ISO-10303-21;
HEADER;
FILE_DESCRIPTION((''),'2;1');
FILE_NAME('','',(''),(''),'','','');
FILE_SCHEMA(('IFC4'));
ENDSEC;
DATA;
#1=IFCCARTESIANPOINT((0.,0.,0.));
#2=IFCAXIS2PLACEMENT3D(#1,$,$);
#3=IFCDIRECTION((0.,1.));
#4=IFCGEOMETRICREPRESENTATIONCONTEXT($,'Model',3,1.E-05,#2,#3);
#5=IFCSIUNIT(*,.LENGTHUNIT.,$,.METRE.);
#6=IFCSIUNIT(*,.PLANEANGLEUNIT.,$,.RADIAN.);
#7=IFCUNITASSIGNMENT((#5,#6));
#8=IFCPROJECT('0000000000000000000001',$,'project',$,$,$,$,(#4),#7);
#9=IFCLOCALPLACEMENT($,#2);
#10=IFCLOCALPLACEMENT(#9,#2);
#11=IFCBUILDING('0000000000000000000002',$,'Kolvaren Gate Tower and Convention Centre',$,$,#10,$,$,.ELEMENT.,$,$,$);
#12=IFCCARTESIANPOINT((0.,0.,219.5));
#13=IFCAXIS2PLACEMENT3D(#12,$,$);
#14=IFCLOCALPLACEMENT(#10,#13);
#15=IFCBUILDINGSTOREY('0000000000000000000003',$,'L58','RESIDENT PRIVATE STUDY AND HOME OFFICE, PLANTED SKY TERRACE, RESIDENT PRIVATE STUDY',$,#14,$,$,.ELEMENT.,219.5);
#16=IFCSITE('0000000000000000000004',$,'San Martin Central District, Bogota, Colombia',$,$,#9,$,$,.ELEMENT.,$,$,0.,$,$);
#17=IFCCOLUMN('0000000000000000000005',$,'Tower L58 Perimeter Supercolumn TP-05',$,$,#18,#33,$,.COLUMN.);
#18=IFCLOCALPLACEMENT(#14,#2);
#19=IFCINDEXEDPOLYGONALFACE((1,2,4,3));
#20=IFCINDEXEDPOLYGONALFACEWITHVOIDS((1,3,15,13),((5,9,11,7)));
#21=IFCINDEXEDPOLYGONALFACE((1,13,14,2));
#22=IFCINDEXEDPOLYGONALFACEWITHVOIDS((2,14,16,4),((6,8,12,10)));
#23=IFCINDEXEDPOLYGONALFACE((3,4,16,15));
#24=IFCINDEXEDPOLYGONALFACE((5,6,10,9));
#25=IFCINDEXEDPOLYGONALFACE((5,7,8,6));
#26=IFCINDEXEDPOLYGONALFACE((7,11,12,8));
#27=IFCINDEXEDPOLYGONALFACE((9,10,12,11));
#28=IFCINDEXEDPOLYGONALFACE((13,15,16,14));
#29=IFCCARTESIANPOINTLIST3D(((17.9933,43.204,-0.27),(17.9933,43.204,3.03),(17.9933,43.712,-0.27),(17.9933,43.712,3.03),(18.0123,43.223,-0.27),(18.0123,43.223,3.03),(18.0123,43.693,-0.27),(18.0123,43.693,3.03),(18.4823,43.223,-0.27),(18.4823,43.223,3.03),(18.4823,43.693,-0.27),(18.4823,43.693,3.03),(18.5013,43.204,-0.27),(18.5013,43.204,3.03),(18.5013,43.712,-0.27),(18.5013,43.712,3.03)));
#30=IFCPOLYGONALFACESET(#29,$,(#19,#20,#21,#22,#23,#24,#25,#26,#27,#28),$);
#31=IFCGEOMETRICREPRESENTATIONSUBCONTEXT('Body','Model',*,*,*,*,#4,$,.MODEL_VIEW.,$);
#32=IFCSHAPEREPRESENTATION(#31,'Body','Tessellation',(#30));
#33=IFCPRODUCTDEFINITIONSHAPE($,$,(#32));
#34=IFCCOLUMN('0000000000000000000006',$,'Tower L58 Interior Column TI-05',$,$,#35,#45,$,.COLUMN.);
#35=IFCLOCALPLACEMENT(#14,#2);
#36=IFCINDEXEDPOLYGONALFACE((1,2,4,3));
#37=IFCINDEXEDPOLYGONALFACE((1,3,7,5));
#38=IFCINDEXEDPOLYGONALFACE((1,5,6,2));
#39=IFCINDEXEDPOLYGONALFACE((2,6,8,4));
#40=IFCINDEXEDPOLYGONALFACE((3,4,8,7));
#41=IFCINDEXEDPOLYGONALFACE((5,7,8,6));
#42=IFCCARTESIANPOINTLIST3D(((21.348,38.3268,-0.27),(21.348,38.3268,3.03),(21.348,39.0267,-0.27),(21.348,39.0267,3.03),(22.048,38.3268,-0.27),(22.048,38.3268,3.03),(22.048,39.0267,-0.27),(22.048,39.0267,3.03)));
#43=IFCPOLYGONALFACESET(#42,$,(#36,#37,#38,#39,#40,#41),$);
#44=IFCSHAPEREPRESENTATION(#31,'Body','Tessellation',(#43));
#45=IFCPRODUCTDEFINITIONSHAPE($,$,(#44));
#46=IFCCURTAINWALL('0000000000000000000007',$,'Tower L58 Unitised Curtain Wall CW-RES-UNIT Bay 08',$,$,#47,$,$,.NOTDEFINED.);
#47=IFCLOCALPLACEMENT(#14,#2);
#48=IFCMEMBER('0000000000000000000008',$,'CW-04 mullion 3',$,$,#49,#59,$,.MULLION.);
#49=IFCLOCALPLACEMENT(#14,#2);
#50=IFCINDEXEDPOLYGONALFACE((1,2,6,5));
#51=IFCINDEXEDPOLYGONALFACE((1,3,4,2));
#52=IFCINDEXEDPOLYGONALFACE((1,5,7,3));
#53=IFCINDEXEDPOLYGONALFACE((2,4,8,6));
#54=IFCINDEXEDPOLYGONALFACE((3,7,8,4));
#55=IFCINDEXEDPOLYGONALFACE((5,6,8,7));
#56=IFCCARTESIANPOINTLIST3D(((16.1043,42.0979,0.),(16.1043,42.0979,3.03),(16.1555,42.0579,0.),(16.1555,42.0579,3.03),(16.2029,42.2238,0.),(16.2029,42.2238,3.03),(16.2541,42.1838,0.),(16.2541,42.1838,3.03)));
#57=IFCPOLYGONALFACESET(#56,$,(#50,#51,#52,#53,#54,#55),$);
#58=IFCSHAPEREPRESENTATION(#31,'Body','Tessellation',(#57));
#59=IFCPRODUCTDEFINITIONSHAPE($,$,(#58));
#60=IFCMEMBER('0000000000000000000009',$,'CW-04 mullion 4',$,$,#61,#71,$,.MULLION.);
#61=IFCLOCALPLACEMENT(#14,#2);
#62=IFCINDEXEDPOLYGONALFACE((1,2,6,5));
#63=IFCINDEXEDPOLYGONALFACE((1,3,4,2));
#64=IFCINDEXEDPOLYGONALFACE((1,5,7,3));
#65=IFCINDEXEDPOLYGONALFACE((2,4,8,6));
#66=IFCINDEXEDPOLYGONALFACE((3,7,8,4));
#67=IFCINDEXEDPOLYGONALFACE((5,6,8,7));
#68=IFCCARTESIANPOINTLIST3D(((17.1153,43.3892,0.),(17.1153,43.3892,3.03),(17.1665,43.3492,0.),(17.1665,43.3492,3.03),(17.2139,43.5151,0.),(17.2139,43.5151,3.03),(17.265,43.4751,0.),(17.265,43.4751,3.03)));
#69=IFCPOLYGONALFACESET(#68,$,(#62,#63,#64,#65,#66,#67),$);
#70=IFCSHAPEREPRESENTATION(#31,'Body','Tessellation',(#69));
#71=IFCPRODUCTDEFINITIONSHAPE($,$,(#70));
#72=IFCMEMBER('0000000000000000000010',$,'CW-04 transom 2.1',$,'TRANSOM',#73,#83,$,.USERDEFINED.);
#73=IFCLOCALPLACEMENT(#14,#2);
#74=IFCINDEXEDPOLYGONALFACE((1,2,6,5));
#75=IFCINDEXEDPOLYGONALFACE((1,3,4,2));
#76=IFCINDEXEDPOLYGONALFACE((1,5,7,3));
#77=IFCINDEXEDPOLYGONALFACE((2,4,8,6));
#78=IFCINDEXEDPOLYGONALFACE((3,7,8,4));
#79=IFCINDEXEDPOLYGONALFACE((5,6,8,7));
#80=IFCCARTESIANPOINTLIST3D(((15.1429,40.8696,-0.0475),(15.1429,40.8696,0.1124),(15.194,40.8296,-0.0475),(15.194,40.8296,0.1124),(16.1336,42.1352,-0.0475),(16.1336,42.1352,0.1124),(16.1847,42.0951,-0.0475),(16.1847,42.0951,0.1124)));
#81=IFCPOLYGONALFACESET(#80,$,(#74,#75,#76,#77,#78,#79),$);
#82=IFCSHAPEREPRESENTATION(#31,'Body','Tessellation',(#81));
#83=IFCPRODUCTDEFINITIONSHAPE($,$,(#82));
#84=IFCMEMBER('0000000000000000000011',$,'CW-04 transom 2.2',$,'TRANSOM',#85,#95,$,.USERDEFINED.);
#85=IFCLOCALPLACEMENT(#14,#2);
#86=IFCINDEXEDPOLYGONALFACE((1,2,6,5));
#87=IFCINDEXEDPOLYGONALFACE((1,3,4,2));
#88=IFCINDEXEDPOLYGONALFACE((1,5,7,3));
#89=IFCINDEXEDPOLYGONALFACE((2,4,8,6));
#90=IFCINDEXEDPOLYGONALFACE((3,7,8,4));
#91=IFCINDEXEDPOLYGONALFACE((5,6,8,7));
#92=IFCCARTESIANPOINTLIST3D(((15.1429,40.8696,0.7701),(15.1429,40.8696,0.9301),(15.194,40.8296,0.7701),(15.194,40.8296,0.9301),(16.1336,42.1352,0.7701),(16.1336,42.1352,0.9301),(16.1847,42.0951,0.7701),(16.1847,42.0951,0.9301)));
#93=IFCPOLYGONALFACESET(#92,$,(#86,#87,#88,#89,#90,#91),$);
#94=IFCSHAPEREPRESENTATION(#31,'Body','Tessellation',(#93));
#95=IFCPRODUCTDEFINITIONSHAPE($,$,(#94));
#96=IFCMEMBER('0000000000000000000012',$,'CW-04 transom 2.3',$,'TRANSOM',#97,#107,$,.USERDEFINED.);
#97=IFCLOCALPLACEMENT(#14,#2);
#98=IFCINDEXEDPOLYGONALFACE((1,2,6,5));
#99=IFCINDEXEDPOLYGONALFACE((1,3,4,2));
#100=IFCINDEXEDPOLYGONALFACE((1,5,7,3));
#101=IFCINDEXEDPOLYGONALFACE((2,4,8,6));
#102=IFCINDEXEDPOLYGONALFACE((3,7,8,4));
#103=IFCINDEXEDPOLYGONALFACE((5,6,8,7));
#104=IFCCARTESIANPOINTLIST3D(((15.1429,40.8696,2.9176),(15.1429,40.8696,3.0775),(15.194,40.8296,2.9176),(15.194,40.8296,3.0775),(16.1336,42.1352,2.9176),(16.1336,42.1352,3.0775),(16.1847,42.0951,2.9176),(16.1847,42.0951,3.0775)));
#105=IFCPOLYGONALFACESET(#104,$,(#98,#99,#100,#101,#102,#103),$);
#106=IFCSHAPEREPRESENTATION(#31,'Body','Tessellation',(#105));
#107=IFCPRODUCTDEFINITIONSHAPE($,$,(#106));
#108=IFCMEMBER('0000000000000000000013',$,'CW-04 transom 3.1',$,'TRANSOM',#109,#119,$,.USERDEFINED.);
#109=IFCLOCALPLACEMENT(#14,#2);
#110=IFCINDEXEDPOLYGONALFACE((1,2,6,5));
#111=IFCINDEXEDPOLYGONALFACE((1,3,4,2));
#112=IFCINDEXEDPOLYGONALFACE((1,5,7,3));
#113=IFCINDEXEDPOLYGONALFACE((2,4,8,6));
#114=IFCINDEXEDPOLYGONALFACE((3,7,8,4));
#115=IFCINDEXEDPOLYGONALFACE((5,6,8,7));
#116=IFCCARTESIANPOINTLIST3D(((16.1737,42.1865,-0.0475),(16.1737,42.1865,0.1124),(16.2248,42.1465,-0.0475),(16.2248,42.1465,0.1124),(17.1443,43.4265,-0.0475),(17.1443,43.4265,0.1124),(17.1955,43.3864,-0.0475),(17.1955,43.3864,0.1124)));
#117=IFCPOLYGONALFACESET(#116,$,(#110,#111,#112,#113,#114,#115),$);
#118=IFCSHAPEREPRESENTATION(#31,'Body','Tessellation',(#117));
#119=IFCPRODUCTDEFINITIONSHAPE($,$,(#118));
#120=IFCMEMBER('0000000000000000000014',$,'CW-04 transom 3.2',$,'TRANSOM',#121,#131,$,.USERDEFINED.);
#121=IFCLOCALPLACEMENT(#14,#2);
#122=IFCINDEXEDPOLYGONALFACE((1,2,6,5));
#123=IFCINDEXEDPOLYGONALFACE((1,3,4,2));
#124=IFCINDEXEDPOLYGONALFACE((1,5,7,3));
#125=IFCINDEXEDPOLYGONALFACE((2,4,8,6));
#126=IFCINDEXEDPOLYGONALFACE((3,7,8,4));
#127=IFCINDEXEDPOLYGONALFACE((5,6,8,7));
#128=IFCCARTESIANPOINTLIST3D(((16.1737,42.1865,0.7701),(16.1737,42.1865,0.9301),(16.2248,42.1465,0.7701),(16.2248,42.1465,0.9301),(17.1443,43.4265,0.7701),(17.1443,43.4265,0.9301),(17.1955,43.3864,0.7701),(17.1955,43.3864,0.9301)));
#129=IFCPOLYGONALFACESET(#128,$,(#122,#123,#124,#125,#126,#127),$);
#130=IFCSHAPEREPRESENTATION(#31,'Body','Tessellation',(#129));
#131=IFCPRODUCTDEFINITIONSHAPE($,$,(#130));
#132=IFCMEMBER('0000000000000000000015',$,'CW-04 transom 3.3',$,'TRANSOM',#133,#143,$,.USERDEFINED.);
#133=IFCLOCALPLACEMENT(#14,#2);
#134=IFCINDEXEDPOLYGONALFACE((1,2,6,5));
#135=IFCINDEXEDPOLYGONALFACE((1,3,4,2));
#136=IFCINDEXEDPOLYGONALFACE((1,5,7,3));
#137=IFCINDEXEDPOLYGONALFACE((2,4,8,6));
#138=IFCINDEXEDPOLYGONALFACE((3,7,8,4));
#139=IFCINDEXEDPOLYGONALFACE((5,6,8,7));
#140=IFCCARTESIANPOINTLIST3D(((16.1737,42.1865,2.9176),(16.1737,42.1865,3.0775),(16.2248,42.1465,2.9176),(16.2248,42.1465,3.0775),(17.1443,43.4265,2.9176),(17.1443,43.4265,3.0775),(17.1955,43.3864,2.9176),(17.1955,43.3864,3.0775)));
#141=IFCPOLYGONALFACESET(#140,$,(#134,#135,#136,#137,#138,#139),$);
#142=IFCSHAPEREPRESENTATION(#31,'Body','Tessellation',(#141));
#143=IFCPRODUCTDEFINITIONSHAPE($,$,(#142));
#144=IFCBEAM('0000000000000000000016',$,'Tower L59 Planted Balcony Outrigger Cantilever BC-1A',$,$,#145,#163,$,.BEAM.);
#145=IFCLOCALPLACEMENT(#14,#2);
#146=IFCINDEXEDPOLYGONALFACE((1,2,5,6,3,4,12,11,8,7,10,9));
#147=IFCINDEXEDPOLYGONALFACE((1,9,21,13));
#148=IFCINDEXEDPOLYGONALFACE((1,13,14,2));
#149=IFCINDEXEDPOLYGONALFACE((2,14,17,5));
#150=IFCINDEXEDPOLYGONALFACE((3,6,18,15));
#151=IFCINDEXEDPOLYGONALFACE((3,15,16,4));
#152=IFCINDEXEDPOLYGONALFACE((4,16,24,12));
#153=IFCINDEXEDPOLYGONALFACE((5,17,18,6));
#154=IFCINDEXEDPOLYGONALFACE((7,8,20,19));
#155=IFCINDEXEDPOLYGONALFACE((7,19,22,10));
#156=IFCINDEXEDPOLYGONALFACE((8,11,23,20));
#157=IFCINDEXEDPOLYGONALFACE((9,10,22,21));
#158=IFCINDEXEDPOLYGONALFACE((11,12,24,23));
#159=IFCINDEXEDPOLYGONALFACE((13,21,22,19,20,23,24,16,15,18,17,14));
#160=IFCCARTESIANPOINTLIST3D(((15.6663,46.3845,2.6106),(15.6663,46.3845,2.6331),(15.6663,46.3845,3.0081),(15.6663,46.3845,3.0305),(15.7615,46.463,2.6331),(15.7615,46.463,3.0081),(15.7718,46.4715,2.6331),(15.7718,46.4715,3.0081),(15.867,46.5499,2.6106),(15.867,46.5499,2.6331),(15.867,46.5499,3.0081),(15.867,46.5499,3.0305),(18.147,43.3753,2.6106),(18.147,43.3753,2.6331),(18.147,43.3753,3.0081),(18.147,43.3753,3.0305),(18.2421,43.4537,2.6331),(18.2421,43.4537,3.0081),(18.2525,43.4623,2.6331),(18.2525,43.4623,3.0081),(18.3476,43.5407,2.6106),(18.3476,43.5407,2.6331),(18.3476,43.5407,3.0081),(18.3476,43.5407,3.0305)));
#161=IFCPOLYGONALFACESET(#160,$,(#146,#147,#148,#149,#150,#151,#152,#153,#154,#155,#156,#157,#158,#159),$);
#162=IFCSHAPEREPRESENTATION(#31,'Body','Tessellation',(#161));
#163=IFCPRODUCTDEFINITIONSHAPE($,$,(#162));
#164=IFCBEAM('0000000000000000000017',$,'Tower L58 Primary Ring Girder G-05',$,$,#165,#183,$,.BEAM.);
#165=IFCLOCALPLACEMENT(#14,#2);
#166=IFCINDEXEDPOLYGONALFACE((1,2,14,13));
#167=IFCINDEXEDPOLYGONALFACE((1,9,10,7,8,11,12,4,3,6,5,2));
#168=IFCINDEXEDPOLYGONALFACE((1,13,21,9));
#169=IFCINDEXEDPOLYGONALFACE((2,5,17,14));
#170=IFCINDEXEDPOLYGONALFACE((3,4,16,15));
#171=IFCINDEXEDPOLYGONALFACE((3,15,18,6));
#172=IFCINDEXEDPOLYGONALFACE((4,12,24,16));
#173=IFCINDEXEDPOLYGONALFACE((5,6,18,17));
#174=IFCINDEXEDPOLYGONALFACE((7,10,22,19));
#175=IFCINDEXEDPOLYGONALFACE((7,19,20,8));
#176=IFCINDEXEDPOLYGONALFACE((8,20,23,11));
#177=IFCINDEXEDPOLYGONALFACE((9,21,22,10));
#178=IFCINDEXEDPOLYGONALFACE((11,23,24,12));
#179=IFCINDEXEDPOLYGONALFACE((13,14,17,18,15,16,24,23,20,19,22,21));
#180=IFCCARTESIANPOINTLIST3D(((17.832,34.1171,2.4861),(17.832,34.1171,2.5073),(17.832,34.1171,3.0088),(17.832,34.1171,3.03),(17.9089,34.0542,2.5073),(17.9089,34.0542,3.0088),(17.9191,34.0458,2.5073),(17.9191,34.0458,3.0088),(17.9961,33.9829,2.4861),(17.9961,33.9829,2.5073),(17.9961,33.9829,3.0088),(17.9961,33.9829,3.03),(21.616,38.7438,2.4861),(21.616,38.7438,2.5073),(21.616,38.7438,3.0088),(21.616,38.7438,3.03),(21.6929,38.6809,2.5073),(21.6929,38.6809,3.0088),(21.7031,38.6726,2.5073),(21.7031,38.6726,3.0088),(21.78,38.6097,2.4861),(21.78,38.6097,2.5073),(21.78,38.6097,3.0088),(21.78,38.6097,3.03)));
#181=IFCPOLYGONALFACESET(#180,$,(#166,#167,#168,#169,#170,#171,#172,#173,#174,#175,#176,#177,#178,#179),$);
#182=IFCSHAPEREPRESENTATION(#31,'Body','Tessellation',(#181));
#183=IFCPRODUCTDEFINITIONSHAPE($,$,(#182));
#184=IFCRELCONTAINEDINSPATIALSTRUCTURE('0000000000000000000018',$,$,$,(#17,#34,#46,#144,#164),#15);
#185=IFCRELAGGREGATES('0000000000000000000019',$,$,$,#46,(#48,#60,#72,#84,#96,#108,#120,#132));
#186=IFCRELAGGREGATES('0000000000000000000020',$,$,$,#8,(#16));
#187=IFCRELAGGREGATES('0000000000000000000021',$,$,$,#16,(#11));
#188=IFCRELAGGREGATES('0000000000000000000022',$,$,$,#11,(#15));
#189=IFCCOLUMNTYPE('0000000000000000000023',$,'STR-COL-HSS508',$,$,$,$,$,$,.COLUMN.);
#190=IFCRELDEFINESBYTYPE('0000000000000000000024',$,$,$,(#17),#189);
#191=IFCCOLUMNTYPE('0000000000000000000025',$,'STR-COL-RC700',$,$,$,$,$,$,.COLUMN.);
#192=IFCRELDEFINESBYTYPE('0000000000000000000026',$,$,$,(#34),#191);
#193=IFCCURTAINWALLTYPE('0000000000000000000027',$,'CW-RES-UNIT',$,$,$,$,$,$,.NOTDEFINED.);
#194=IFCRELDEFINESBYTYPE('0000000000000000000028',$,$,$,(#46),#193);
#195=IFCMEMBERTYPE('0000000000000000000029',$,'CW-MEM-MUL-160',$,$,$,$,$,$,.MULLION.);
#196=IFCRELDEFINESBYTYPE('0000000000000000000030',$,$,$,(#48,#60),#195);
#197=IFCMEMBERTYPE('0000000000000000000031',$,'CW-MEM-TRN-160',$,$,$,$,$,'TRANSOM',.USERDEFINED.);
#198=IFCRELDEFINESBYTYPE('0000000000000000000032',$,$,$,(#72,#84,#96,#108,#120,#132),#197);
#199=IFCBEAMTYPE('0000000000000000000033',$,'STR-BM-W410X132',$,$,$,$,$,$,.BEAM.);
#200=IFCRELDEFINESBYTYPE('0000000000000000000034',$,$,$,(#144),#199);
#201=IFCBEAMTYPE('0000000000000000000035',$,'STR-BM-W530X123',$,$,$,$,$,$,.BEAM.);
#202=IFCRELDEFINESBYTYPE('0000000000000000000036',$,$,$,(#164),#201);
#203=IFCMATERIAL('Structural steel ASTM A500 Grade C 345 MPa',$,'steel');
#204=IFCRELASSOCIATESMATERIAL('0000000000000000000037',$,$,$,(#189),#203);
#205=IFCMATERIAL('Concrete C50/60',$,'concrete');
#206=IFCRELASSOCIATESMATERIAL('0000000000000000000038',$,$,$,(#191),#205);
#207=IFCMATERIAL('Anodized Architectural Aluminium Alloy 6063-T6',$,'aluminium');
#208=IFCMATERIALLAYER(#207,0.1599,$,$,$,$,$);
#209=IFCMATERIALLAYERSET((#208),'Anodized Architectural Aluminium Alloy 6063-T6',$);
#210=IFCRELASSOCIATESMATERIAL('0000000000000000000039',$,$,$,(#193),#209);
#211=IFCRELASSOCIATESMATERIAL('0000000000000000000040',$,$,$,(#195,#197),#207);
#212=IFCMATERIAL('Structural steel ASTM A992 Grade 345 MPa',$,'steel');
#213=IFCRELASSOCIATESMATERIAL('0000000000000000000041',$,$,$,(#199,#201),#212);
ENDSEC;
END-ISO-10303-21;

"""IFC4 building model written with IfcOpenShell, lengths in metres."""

from ifc_helpers import new_model, si_unit, direction, frame, origin, origin_2d, place, context, subcontext, project, spatial, rectangle, hollow_rectangle, i_section, extrude, material, layer, layer_set, material_profile, profile_set, type_object, element, aggregate, save


model = new_model("IFC4")

# Units and contexts
model_context = context("Model", 3, precision=1e-05, world=origin(), true_north=direction((0.0, 1.0)))
body_context = subcontext(model_context, "Body", "Model", "MODEL_VIEW")
ifc_project = project(units=[si_unit("LENGTHUNIT", "METRE"), si_unit("PLANEANGLEUNIT", "RADIAN")], contexts=[model_context])

# Site, building, storey
site_placement = place(None, origin())
site = spatial("IfcSite", under=ifc_project, at=site_placement, Name="San Martin Central District, Bogota, Colombia", CompositionType="ELEMENT", RefElevation=0.0)
building_placement = place(site_placement, origin())
building = spatial("IfcBuilding", under=site, at=building_placement, Name="Kolvaren Gate Tower and Convention Centre", CompositionType="ELEMENT")
storey_placement = place(building_placement, frame((0.0, 0.0, 219.5)))
storey = spatial("IfcBuildingStorey", under=building, at=storey_placement, Name="L58", Description="RESIDENT PRIVATE STUDY AND HOME OFFICE, PLANTED SKY TERRACE, RESIDENT PRIVATE STUDY", CompositionType="ELEMENT", Elevation=219.5)

# Columns
ifc_material_1 = material(Name="Structural steel ASTM A500 Grade C 345 MPa", Category="steel")
ifc_material_profile_1 = material_profile(ifc_material_1, hollow_rectangle(XDim=0.5081, YDim=0.5081, WallThickness=0.019, at=origin_2d()), Name="HSS508X508X19.1")
ifc_profile_set_1 = profile_set([ifc_material_profile_1], Name="Structural steel ASTM A500 Grade C 345 MPa")
column_type_1 = type_object("IfcColumnType", Name="STR-COL-HSS508", PredefinedType="COLUMN", material=ifc_profile_set_1)
column_1_placement = place(storey_placement, frame((18.2473, 43.458, -0.27), z_axis=(0.0, 0.0, 1.0), x_axis=(1.0, 0.0, 0.0)))
element("IfcColumn", 1, at=column_1_placement, inside=storey, type_object=column_type_1, Name="Tower L58 Perimeter Supercolumn TP-05", PredefinedType="COLUMN", context=body_context, shape_type="SweptSolid", body=[
    extrude(hollow_rectangle(XDim=0.5081, YDim=0.5081, WallThickness=0.019, at=origin_2d()), origin(), (0.0, 0.0, 1.0), 3.3),
])
ifc_material_2 = material(Name="Concrete C50/60", Category="concrete")
ifc_material_profile_2 = material_profile(ifc_material_2, rectangle(XDim=0.7, YDim=0.7, at=origin_2d()), Name="RC-COL-700X700")
ifc_profile_set_2 = profile_set([ifc_material_profile_2], Name="Concrete C50/60")
column_type_2 = type_object("IfcColumnType", Name="STR-COL-RC700", PredefinedType="COLUMN", material=ifc_profile_set_2)
column_2_placement = place(storey_placement, frame((21.698, 38.6768, -0.27), z_axis=(0.0, 0.0, 1.0), x_axis=(1.0, 0.0, 0.0)))
element("IfcColumn", 2, at=column_2_placement, inside=storey, type_object=column_type_2, Name="Tower L58 Interior Column TI-05", PredefinedType="COLUMN", context=body_context, shape_type="SweptSolid", body=[
    extrude(rectangle(XDim=0.7, YDim=0.7, at=origin_2d()), origin(), (0.0, 0.0, 1.0), 3.3),
])

# Curtain wall, members
ifc_material_3 = material(Name="Anodized Architectural Aluminium Alloy 6063-T6", Category="aluminium")
ifc_layer_1 = layer(ifc_material_3, 0.1599)
ifc_layer_set_1 = layer_set([ifc_layer_1], Name="Anodized Architectural Aluminium Alloy 6063-T6")
curtain_wall_type = type_object("IfcCurtainWallType", Name="CW-RES-UNIT", PredefinedType="NOTDEFINED", material=ifc_layer_set_1)
curtain_wall_placement = place(storey_placement, origin())
curtain_wall = element("IfcCurtainWall", 3, at=curtain_wall_placement, inside=storey, type_object=curtain_wall_type, Name="Tower L58 Unitised Curtain Wall CW-RES-UNIT Bay 08", PredefinedType="NOTDEFINED")
ifc_material_profile_3 = material_profile(ifc_material_3, rectangle(XDim=0.0649, YDim=0.1599, at=origin_2d()), Name="CW-MEM-MUL-160")
ifc_profile_set_3 = profile_set([ifc_material_profile_3], Name="Anodized Architectural Aluminium Alloy 6063-T6")
member_type_1 = type_object("IfcMemberType", Name="CW-MEM-MUL-160", PredefinedType="MULLION", material=ifc_profile_set_3)
member_1_placement = place(storey_placement, frame((16.1792, 42.1409, 0.0), z_axis=(0.0, 0.0, 1.0), x_axis=(-0.78741, 0.61643, 0.0)))
member_1 = element("IfcMember", 4, at=member_1_placement, type_object=member_type_1, Name="CW-04 mullion 3", PredefinedType="MULLION", context=body_context, shape_type="SweptSolid", body=[
    extrude(rectangle(XDim=0.0649, YDim=0.1599, at=origin_2d()), origin(), (0.0, 0.0, 1.0), 3.03),
])
member_2_placement = place(storey_placement, frame((17.1902, 43.4321, 0.0), z_axis=(0.0, 0.0, 1.0), x_axis=(-0.78741, 0.61643, 0.0)))
member_2 = element("IfcMember", 5, at=member_2_placement, type_object=member_type_1, Name="CW-04 mullion 4", PredefinedType="MULLION", context=body_context, shape_type="SweptSolid", body=[
    extrude(rectangle(XDim=0.0649, YDim=0.1599, at=origin_2d()), origin(), (0.0, 0.0, 1.0), 3.03),
])
ifc_material_profile_4 = material_profile(ifc_material_3, rectangle(XDim=0.0649, YDim=0.1599, at=origin_2d()), Name="CW-MEM-TRN-160")
ifc_profile_set_4 = profile_set([ifc_material_profile_4], Name="Anodized Architectural Aluminium Alloy 6063-T6")
member_type_2 = type_object("IfcMemberType", Name="CW-MEM-TRN-160", ElementType="TRANSOM", PredefinedType="USERDEFINED", material=ifc_profile_set_4)
member_3_placement = place(storey_placement, frame((15.1685, 40.8496, 0.0325), z_axis=(0.616398, 0.787434, 0.0), x_axis=(-0.787434, 0.616398, 0.0)))
member_3 = element("IfcMember", 6, at=member_3_placement, type_object=member_type_2, Name="CW-04 transom 2.1", ObjectType="TRANSOM", PredefinedType="USERDEFINED", context=body_context, shape_type="SweptSolid", body=[
    extrude(rectangle(XDim=0.0649, YDim=0.1599, at=origin_2d()), origin(), (0.0, 0.0, 1.0), 1.6072),
])
member_4_placement = place(storey_placement, frame((15.1685, 40.8496, 0.8501), z_axis=(0.616398, 0.787434, 0.0), x_axis=(-0.787434, 0.616398, 0.0)))
member_4 = element("IfcMember", 7, at=member_4_placement, type_object=member_type_2, Name="CW-04 transom 2.2", ObjectType="TRANSOM", PredefinedType="USERDEFINED", context=body_context, shape_type="SweptSolid", body=[
    extrude(rectangle(XDim=0.0649, YDim=0.1599, at=origin_2d()), origin(), (0.0, 0.0, 1.0), 1.6072),
])
member_5_placement = place(storey_placement, frame((15.1685, 40.8496, 2.9976), z_axis=(0.616398, 0.787434, 0.0), x_axis=(-0.787434, 0.616398, 0.0)))
member_5 = element("IfcMember", 8, at=member_5_placement, type_object=member_type_2, Name="CW-04 transom 2.3", ObjectType="TRANSOM", PredefinedType="USERDEFINED", context=body_context, shape_type="SweptSolid", body=[
    extrude(rectangle(XDim=0.0649, YDim=0.1599, at=origin_2d()), origin(), (0.0, 0.0, 1.0), 1.6072),
])
member_6_placement = place(storey_placement, frame((16.1992, 42.1665, 0.0325), z_axis=(0.616417, 0.78742, 0.0), x_axis=(-0.78742, 0.616417, 0.0)))
member_6 = element("IfcMember", 9, at=member_6_placement, type_object=member_type_2, Name="CW-04 transom 3.1", ObjectType="TRANSOM", PredefinedType="USERDEFINED", context=body_context, shape_type="SweptSolid", body=[
    extrude(rectangle(XDim=0.0649, YDim=0.1599, at=origin_2d()), origin(), (0.0, 0.0, 1.0), 1.5747),
])
member_7_placement = place(storey_placement, frame((16.1992, 42.1665, 0.8501), z_axis=(0.616417, 0.78742, 0.0), x_axis=(-0.78742, 0.616417, 0.0)))
member_7 = element("IfcMember", 10, at=member_7_placement, type_object=member_type_2, Name="CW-04 transom 3.2", ObjectType="TRANSOM", PredefinedType="USERDEFINED", context=body_context, shape_type="SweptSolid", body=[
    extrude(rectangle(XDim=0.0649, YDim=0.1599, at=origin_2d()), origin(), (0.0, 0.0, 1.0), 1.5747),
])
member_8_placement = place(storey_placement, frame((16.1992, 42.1665, 2.9976), z_axis=(0.616417, 0.78742, 0.0), x_axis=(-0.78742, 0.616417, 0.0)))
member_8 = element("IfcMember", 11, at=member_8_placement, type_object=member_type_2, Name="CW-04 transom 3.3", ObjectType="TRANSOM", PredefinedType="USERDEFINED", context=body_context, shape_type="SweptSolid", body=[
    extrude(rectangle(XDim=0.0649, YDim=0.1599, at=origin_2d()), origin(), (0.0, 0.0, 1.0), 1.5747),
])

# Beams
ifc_material_4 = material(Name="Structural steel ASTM A992 Grade 345 MPa", Category="steel")
ifc_material_profile_5 = material_profile(ifc_material_4, i_section(OverallWidth=0.26, OverallDepth=0.4199, WebThickness=0.0134, FlangeThickness=0.0225, at=origin_2d()), Name="W410X132")
ifc_profile_set_5 = profile_set([ifc_material_profile_5], Name="Structural steel ASTM A992 Grade 345 MPa")
beam_type_1 = type_object("IfcBeamType", Name="STR-BM-W410X132", PredefinedType="BEAM", material=ifc_profile_set_5)
beam_1_placement = place(storey_placement, frame((18.2473, 43.458, 2.8206), z_axis=(-0.636087, 0.771618, 0.0), x_axis=(-0.771618, -0.636087, 0.0)))
element("IfcBeam", 12, at=beam_1_placement, inside=storey, type_object=beam_type_1, Name="Tower L59 Planted Balcony Outrigger Cantilever BC-1A", PredefinedType="BEAM", context=body_context, shape_type="SweptSolid", body=[
    extrude(i_section(OverallWidth=0.26, OverallDepth=0.4199, WebThickness=0.0134, FlangeThickness=0.0225, at=origin_2d()), origin(), (0.0, 0.0, 1.0), 3.8999),
])
ifc_material_profile_6 = material_profile(ifc_material_4, i_section(OverallWidth=0.2119, OverallDepth=0.5439, WebThickness=0.0132, FlangeThickness=0.0212, at=origin_2d()), Name="W530X123")
ifc_profile_set_6 = profile_set([ifc_material_profile_6], Name="Structural steel ASTM A992 Grade 345 MPa")
beam_type_2 = type_object("IfcBeamType", Name="STR-BM-W530X123", PredefinedType="BEAM", material=ifc_profile_set_6)
beam_2_placement = place(storey_placement, frame((21.698, 38.6768, 2.7581), z_axis=(-0.633082, -0.774085, 0.0), x_axis=(0.774085, -0.633082, 0.0)))
element("IfcBeam", 13, at=beam_2_placement, inside=storey, type_object=beam_type_2, Name="Tower L58 Primary Ring Girder G-05", PredefinedType="BEAM", context=body_context, shape_type="SweptSolid", body=[
    extrude(i_section(OverallWidth=0.2119, OverallDepth=0.5439, WebThickness=0.0132, FlangeThickness=0.0212, at=origin_2d()), origin(), (0.0, 0.0, 1.0), 5.9771),
])

aggregate(curtain_wall, [member_1, member_2, member_3, member_4, member_5, member_6, member_7, member_8])

save(model, "model.ifc")
